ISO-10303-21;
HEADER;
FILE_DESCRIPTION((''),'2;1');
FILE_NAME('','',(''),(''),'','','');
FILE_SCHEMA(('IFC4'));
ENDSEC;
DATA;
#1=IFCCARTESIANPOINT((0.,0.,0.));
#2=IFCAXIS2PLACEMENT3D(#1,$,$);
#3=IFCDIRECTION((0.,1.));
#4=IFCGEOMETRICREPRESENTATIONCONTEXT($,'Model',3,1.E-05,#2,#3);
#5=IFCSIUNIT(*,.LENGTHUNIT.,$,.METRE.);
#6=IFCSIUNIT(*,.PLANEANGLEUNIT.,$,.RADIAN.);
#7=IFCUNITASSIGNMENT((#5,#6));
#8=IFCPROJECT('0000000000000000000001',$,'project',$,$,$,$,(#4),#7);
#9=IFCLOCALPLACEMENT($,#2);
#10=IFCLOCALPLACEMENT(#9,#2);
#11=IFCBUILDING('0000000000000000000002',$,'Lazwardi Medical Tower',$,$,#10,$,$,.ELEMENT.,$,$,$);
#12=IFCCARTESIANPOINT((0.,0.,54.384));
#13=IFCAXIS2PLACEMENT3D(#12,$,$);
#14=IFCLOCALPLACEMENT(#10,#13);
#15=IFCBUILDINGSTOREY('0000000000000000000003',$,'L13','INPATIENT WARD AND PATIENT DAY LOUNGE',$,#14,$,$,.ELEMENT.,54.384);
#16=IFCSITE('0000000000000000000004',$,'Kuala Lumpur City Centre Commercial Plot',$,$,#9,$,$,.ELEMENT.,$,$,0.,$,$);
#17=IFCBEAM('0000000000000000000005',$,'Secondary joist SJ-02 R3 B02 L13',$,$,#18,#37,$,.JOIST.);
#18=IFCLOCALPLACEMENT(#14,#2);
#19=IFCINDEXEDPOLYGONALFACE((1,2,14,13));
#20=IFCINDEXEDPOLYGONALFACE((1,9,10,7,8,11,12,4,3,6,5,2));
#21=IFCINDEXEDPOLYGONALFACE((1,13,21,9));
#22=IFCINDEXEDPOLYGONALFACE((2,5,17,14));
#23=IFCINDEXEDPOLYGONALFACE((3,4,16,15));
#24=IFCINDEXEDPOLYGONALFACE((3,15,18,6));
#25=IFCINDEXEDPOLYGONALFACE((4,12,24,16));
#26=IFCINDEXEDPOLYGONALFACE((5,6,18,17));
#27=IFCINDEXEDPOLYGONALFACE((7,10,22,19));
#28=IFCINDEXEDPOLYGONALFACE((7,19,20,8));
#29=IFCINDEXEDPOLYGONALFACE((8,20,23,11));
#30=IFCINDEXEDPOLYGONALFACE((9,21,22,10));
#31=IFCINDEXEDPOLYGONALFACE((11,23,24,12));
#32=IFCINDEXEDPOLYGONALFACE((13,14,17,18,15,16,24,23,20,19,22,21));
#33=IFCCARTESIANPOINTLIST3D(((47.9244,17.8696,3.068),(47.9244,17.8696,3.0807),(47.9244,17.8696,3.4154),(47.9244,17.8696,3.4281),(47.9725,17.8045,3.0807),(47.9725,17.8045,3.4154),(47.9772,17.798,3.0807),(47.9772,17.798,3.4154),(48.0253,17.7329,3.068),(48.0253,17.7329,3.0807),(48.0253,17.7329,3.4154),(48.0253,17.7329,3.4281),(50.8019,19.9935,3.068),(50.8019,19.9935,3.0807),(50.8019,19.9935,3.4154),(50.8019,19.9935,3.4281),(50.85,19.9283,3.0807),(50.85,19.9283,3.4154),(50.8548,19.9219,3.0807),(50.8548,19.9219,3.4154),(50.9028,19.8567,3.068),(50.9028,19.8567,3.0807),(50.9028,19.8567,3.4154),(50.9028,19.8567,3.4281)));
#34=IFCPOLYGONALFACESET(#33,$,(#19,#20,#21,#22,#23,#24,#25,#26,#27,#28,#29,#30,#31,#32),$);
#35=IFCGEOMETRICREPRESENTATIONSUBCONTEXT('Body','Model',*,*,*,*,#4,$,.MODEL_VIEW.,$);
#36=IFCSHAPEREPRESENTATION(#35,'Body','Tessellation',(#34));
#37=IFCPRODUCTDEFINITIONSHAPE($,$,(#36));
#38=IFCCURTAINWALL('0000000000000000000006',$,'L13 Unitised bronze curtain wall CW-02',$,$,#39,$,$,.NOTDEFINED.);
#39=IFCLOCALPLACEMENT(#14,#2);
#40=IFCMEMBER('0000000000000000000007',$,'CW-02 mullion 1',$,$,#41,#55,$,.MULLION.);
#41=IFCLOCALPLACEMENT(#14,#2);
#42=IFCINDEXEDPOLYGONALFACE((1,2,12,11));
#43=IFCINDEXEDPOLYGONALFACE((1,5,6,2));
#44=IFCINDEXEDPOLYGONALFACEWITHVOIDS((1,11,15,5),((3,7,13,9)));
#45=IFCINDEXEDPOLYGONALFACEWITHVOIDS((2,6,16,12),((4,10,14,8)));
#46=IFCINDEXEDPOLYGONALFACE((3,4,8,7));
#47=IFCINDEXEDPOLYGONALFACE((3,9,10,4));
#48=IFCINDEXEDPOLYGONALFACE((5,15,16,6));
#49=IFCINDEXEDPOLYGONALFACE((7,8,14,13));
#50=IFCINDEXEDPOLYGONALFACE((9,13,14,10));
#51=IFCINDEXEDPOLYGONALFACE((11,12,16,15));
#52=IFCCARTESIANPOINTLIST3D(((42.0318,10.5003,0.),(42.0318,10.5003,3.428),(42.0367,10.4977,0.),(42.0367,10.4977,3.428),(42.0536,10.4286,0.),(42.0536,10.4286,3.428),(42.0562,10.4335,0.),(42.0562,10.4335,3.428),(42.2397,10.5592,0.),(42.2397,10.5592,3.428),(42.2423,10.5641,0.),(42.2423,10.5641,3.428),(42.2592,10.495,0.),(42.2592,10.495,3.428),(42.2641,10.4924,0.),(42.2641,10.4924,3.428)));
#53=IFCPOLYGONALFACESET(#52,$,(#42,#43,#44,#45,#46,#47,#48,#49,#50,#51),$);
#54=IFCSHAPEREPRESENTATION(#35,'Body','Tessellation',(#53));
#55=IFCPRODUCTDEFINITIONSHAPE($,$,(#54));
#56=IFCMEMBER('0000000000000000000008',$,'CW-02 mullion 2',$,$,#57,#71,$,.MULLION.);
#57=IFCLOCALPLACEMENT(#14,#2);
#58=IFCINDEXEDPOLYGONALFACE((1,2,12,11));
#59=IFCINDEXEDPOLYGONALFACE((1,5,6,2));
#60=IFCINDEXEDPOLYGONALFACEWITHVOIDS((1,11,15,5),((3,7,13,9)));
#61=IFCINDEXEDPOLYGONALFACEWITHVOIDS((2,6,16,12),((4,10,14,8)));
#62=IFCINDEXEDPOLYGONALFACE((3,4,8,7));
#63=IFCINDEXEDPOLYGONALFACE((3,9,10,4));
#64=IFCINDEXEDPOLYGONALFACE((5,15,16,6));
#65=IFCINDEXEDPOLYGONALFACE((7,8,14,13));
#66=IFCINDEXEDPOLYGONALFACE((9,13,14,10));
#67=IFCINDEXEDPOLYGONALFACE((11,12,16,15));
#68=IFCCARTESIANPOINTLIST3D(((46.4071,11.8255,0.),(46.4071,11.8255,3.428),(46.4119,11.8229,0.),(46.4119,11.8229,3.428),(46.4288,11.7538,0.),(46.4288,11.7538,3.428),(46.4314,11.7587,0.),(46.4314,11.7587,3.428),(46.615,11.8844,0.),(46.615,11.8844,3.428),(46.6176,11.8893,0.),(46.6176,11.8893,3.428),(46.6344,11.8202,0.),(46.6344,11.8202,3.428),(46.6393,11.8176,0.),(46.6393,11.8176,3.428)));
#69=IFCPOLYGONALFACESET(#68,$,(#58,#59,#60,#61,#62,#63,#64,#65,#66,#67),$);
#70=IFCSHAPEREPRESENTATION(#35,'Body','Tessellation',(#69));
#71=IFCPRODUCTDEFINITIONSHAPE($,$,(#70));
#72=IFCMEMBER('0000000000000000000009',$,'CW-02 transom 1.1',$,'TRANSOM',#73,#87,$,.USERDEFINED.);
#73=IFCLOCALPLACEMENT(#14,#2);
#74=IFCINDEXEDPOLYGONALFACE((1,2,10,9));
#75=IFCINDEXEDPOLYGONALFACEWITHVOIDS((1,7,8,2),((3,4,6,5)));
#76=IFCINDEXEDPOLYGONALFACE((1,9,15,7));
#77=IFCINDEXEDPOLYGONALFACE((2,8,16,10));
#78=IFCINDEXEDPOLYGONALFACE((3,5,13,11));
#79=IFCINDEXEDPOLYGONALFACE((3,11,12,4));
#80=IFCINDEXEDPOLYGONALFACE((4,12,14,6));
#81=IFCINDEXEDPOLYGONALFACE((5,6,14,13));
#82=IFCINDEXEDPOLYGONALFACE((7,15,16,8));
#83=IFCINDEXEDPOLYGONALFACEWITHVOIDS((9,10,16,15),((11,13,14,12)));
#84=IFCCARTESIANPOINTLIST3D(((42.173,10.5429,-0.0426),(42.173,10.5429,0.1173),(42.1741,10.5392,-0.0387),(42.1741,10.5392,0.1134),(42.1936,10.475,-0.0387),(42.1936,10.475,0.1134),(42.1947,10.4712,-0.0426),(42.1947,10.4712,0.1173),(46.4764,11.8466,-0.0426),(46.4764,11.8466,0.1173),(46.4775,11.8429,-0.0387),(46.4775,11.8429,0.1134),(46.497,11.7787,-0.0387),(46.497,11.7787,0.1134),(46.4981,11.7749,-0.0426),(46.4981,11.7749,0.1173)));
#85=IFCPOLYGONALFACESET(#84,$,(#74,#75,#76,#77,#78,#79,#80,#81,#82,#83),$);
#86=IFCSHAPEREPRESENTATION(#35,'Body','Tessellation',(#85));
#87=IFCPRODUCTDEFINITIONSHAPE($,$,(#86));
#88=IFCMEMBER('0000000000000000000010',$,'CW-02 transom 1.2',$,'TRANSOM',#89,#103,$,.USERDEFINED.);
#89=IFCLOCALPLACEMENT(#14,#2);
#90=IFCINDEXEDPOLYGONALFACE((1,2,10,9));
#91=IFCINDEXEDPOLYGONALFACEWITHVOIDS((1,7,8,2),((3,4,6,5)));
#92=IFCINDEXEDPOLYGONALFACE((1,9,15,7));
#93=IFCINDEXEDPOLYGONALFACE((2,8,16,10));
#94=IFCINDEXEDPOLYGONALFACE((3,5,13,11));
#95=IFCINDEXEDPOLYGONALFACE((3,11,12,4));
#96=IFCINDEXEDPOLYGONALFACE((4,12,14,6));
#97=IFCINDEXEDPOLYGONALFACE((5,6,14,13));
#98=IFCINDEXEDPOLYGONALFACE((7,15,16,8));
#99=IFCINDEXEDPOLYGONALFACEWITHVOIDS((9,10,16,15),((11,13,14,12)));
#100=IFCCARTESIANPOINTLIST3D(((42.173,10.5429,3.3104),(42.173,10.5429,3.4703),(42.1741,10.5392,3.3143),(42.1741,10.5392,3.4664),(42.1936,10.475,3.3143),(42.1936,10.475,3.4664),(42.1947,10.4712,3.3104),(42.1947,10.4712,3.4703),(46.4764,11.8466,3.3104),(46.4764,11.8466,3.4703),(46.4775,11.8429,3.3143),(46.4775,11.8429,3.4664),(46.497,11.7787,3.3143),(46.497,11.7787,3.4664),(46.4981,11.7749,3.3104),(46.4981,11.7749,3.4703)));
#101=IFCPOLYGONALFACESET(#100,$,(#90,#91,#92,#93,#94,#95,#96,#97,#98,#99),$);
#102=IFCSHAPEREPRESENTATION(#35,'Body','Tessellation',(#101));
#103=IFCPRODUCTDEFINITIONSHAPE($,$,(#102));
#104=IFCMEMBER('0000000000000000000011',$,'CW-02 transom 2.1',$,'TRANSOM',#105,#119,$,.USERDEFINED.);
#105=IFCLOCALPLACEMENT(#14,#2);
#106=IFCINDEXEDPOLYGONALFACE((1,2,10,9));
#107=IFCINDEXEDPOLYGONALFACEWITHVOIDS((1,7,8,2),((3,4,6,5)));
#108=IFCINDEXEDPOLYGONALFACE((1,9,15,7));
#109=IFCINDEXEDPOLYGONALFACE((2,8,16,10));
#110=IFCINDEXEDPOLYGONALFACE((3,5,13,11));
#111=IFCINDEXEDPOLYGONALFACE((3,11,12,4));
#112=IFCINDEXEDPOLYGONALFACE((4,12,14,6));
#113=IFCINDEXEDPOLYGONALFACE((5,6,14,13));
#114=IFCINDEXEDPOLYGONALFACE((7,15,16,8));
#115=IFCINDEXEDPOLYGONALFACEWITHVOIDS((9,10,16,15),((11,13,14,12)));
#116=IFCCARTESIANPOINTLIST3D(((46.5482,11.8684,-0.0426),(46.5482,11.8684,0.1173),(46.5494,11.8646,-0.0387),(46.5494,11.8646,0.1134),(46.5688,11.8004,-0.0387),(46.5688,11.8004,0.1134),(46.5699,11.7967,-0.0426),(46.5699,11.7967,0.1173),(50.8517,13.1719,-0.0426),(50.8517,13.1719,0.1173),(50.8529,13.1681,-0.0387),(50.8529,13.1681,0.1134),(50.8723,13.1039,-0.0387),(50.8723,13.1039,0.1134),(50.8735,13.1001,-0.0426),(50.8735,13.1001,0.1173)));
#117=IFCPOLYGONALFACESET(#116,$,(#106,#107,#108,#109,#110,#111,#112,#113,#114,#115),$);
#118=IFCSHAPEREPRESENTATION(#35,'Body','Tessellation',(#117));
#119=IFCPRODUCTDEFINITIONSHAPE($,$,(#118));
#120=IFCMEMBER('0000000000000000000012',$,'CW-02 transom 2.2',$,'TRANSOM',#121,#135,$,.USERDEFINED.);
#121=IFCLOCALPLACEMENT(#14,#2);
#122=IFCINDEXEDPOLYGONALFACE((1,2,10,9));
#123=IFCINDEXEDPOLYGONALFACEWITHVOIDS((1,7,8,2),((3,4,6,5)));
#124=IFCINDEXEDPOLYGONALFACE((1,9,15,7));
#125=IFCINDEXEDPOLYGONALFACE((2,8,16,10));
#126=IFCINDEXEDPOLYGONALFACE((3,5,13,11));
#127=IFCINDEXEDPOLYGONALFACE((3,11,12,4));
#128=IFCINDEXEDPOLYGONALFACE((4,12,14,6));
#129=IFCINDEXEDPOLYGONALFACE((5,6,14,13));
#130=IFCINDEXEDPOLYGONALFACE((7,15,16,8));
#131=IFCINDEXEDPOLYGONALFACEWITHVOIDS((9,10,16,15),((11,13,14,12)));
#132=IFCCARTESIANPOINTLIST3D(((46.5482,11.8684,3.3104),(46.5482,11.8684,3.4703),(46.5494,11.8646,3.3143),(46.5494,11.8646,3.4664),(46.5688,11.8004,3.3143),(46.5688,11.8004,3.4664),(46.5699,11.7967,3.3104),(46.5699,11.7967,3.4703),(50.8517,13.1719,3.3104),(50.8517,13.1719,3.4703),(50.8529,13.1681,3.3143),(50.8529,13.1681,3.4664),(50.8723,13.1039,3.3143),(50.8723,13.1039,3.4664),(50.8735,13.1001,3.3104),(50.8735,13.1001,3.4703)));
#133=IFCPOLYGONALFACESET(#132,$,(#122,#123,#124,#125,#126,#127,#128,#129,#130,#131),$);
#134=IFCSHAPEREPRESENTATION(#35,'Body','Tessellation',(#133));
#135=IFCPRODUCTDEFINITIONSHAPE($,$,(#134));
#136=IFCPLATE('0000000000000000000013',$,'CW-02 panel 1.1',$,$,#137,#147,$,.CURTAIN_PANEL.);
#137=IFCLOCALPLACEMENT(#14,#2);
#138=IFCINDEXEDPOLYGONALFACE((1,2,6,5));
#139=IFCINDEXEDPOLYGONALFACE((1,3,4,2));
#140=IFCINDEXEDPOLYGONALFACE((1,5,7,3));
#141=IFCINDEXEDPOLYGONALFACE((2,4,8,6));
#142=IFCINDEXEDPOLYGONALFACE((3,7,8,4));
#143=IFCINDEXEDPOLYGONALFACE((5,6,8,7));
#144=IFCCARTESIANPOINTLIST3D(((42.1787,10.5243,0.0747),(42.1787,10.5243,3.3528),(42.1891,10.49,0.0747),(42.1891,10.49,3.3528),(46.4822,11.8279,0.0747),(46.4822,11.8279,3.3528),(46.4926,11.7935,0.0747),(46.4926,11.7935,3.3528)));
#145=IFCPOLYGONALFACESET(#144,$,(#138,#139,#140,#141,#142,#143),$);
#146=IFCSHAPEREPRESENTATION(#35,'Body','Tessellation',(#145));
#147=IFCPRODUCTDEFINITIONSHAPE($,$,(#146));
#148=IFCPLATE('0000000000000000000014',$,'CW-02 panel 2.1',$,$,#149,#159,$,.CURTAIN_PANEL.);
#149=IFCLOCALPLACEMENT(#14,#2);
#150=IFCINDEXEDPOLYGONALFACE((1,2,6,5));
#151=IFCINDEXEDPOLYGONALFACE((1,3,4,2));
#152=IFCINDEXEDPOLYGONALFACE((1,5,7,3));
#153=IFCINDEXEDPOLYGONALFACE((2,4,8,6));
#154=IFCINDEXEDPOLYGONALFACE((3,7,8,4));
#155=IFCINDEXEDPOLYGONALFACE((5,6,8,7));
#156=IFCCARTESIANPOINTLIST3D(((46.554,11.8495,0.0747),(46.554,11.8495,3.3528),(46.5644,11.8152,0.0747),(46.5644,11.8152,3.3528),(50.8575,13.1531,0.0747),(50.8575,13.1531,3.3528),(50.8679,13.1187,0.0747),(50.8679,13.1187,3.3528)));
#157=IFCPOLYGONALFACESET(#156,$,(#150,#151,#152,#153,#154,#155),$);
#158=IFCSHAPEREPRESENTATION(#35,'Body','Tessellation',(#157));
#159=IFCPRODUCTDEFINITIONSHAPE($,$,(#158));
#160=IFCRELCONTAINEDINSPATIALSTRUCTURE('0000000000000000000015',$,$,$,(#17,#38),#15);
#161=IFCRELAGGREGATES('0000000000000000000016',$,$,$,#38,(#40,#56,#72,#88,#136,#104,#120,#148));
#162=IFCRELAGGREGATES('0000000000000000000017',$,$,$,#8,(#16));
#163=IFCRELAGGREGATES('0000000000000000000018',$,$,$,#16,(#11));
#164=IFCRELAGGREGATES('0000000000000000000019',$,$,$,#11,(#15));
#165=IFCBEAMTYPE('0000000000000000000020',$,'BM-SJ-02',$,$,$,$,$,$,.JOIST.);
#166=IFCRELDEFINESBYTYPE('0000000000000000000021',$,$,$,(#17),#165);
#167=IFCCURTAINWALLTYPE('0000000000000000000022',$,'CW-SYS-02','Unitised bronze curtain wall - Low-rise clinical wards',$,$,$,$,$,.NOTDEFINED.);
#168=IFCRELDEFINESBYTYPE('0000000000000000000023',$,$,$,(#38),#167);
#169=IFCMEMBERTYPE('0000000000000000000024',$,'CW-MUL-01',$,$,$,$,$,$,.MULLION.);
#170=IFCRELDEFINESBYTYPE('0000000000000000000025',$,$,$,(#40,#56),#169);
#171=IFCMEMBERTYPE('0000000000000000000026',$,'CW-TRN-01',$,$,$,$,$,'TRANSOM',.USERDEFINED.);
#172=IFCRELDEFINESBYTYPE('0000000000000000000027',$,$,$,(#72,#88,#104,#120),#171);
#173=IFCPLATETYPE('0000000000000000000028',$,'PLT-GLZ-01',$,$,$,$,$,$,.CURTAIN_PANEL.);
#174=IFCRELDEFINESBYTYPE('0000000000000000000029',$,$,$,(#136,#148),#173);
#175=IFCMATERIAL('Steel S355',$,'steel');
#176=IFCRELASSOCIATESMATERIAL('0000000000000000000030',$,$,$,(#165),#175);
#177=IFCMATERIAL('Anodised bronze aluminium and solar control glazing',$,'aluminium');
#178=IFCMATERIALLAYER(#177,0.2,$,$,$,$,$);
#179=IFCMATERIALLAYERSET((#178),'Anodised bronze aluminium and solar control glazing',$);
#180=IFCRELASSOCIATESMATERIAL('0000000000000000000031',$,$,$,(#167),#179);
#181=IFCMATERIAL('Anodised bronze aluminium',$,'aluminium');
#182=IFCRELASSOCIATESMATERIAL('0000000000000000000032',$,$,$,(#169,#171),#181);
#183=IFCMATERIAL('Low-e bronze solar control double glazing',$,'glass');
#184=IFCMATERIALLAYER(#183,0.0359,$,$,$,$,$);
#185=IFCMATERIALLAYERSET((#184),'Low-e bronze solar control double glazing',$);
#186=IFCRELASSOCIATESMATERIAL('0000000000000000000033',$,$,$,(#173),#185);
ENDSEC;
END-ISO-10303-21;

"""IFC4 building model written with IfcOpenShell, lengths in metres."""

from ifc_helpers import new_model, si_unit, direction, frame, origin, origin_2d, place, context, subcontext, project, spatial, rectangle, hollow_rectangle, i_section, extrude, material, layer, layer_set, material_profile, profile_set, type_object, element, aggregate, save


model = new_model("IFC4")

# Units and contexts
model_context = context("Model", 3, precision=1e-05, world=origin(), true_north=direction((0.0, 1.0)))
body_context = subcontext(model_context, "Body", "Model", "MODEL_VIEW")
ifc_project = project(units=[si_unit("LENGTHUNIT", "METRE"), si_unit("PLANEANGLEUNIT", "RADIAN")], contexts=[model_context])

# Site, building, storey
site_placement = place(None, origin())
site = spatial("IfcSite", under=ifc_project, at=site_placement, Name="Kuala Lumpur City Centre Commercial Plot", CompositionType="ELEMENT", RefElevation=0.0)
building_placement = place(site_placement, origin())
building = spatial("IfcBuilding", under=site, at=building_placement, Name="Lazwardi Medical Tower", CompositionType="ELEMENT")
storey_placement = place(building_placement, frame((0.0, 0.0, 54.384)))
storey = spatial("IfcBuildingStorey", under=building, at=storey_placement, Name="L13", Description="INPATIENT WARD AND PATIENT DAY LOUNGE", CompositionType="ELEMENT", Elevation=54.384)

# Beam
ifc_material_1 = material(Name="Steel S355", Category="steel")
ifc_material_profile_1 = material_profile(ifc_material_1, i_section(OverallWidth=0.1699, OverallDepth=0.3601, WebThickness=0.0081, FlangeThickness=0.0127, at=origin_2d()), Name="IPE 360")
ifc_profile_set_1 = profile_set([ifc_material_profile_1], Name="Steel S355")
beam_type_1 = type_object("IfcBeamType", Name="BM-SJ-02", PredefinedType="JOIST", material=ifc_profile_set_1)
beam_1_placement = place(storey_placement, frame((47.9749, 17.8013, 3.248), z_axis=(0.80458, 0.593844, 0.0), x_axis=(-0.593844, 0.80458, 0.0)))
element("IfcBeam", 1, at=beam_1_placement, inside=storey, type_object=beam_type_1, Name="Secondary joist SJ-02 R3 B02 L13", PredefinedType="JOIST", context=body_context, shape_type="SweptSolid", body=[
    extrude(i_section(OverallWidth=0.1699, OverallDepth=0.3601, WebThickness=0.0081, FlangeThickness=0.0127, at=origin_2d()), origin(), (0.0, 0.0, 1.0), 3.5764),
])

# Curtain wall, members, plates
ifc_material_2 = material(Name="Anodised bronze aluminium and solar control glazing", Category="aluminium")
ifc_layer_1 = layer(ifc_material_2, 0.2)
ifc_layer_set_1 = layer_set([ifc_layer_1], Name="Anodised bronze aluminium and solar control glazing")
curtain_wall_type = type_object("IfcCurtainWallType", Name="CW-SYS-02", Description="Unitised bronze curtain wall - Low-rise clinical wards", PredefinedType="NOTDEFINED", material=ifc_layer_set_1)
curtain_wall_placement = place(storey_placement, origin())
curtain_wall = element("IfcCurtainWall", 2, at=curtain_wall_placement, inside=storey, type_object=curtain_wall_type, Name="L13 Unitised bronze curtain wall CW-02", PredefinedType="NOTDEFINED")
ifc_material_3 = material(Name="Anodised bronze aluminium", Category="aluminium")
ifc_material_profile_2 = material_profile(ifc_material_3, hollow_rectangle(XDim=0.075, YDim=0.22, WallThickness=0.0039, at=origin_2d()), Name="ALU-MULLION 220x75x4")
ifc_profile_set_2 = profile_set([ifc_material_profile_2], Name="Anodised bronze aluminium")
member_type_1 = type_object("IfcMemberType", Name="CW-MUL-01", PredefinedType="MULLION", material=ifc_profile_set_2)
member_1_placement = place(storey_placement, frame((42.1479, 10.4963, 0.0), z_axis=(0.0, 0.0, 1.0), x_axis=(-0.289896, 0.957058, 0.0)))
member_1 = element("IfcMember", 3, at=member_1_placement, type_object=member_type_1, Name="CW-02 mullion 1", PredefinedType="MULLION", context=body_context, shape_type="SweptSolid", body=[
    extrude(hollow_rectangle(XDim=0.075, YDim=0.22, WallThickness=0.0039, at=origin_2d()), origin(), (0.0, 0.0, 1.0), 3.428),
])
member_2_placement = place(storey_placement, frame((46.5232, 11.8215, 0.0), z_axis=(0.0, 0.0, 1.0), x_axis=(-0.289896, 0.957058, 0.0)))
member_2 = element("IfcMember", 4, at=member_2_placement, type_object=member_type_1, Name="CW-02 mullion 2", PredefinedType="MULLION", context=body_context, shape_type="SweptSolid", body=[
    extrude(hollow_rectangle(XDim=0.075, YDim=0.22, WallThickness=0.0039, at=origin_2d()), origin(), (0.0, 0.0, 1.0), 3.428),
])
ifc_material_profile_3 = material_profile(ifc_material_3, hollow_rectangle(XDim=0.075, YDim=0.1599, WallThickness=0.0039, at=origin_2d()), Name="ALU-TRANSOM 160x75x4")
ifc_profile_set_3 = profile_set([ifc_material_profile_3], Name="Anodised bronze aluminium")
member_type_2 = type_object("IfcMemberType", Name="CW-TRN-01", ElementType="TRANSOM", PredefinedType="USERDEFINED", material=ifc_profile_set_3)
member_3_placement = place(storey_placement, frame((42.1838, 10.5071, 0.0374), z_axis=(0.957047, 0.289932, 0.0), x_axis=(-0.289932, 0.957047, 0.0)))
member_3 = element("IfcMember", 5, at=member_3_placement, type_object=member_type_2, Name="CW-02 transom 1.1", ObjectType="TRANSOM", PredefinedType="USERDEFINED", context=body_context, shape_type="SweptSolid", body=[
    extrude(hollow_rectangle(XDim=0.075, YDim=0.1599, WallThickness=0.0039, at=origin_2d()), origin(), (0.0, 0.0, 1.0), 4.4966),
])
member_4_placement = place(storey_placement, frame((42.1838, 10.5071, 3.3904), z_axis=(0.957047, 0.289932, 0.0), x_axis=(-0.289932, 0.957047, 0.0)))
member_4 = element("IfcMember", 6, at=member_4_placement, type_object=member_type_2, Name="CW-02 transom 1.2", ObjectType="TRANSOM", PredefinedType="USERDEFINED", context=body_context, shape_type="SweptSolid", body=[
    extrude(hollow_rectangle(XDim=0.075, YDim=0.1599, WallThickness=0.0039, at=origin_2d()), origin(), (0.0, 0.0, 1.0), 4.4966),
])
member_5_placement = place(storey_placement, frame((46.5591, 11.8325, 0.0374), z_axis=(0.957062, 0.289882, 0.0), x_axis=(-0.289882, 0.957062, 0.0)))
member_5 = element("IfcMember", 7, at=member_5_placement, type_object=member_type_2, Name="CW-02 transom 2.1", ObjectType="TRANSOM", PredefinedType="USERDEFINED", context=body_context, shape_type="SweptSolid", body=[
    extrude(hollow_rectangle(XDim=0.075, YDim=0.1599, WallThickness=0.0039, at=origin_2d()), origin(), (0.0, 0.0, 1.0), 4.4966),
])
member_6_placement = place(storey_placement, frame((46.5591, 11.8325, 3.3904), z_axis=(0.957062, 0.289882, 0.0), x_axis=(-0.289882, 0.957062, 0.0)))
member_6 = element("IfcMember", 8, at=member_6_placement, type_object=member_type_2, Name="CW-02 transom 2.2", ObjectType="TRANSOM", PredefinedType="USERDEFINED", context=body_context, shape_type="SweptSolid", body=[
    extrude(hollow_rectangle(XDim=0.075, YDim=0.1599, WallThickness=0.0039, at=origin_2d()), origin(), (0.0, 0.0, 1.0), 4.4966),
])
ifc_material_4 = material(Name="Low-e bronze solar control double glazing", Category="glass")
ifc_layer_2 = layer(ifc_material_4, 0.0359)
ifc_layer_set_2 = layer_set([ifc_layer_2], Name="Low-e bronze solar control double glazing")
plate_type = type_object("IfcPlateType", Name="PLT-GLZ-01", PredefinedType="CURTAIN_PANEL", material=ifc_layer_set_2)
plate_1_placement = place(storey_placement, frame((44.3357, 11.1589, 0.0747), z_axis=(0.0, 0.0, 1.0), x_axis=(0.957058, 0.289896, 0.0)))
plate_1 = element("IfcPlate", 9, at=plate_1_placement, type_object=plate_type, Name="CW-02 panel 1.1", PredefinedType="CURTAIN_PANEL", context=body_context, shape_type="SweptSolid", body=[
    extrude(rectangle(XDim=4.4966, YDim=0.0359, at=origin_2d()), origin(), (0.0, 0.0, 1.0), 3.2781),
])
plate_2_placement = place(storey_placement, frame((48.7109, 12.4841, 0.0747), z_axis=(0.0, 0.0, 1.0), x_axis=(0.957058, 0.289896, 0.0)))
plate_2 = element("IfcPlate", 10, at=plate_2_placement, type_object=plate_type, Name="CW-02 panel 2.1", PredefinedType="CURTAIN_PANEL", context=body_context, shape_type="SweptSolid", body=[
    extrude(rectangle(XDim=4.4966, YDim=0.0359, at=origin_2d()), origin(), (0.0, 0.0, 1.0), 3.2781),
])
aggregate(curtain_wall, [member_1, member_2, member_3, member_4, plate_1, member_5, member_6, plate_2])

save(model, "model.ifc")
